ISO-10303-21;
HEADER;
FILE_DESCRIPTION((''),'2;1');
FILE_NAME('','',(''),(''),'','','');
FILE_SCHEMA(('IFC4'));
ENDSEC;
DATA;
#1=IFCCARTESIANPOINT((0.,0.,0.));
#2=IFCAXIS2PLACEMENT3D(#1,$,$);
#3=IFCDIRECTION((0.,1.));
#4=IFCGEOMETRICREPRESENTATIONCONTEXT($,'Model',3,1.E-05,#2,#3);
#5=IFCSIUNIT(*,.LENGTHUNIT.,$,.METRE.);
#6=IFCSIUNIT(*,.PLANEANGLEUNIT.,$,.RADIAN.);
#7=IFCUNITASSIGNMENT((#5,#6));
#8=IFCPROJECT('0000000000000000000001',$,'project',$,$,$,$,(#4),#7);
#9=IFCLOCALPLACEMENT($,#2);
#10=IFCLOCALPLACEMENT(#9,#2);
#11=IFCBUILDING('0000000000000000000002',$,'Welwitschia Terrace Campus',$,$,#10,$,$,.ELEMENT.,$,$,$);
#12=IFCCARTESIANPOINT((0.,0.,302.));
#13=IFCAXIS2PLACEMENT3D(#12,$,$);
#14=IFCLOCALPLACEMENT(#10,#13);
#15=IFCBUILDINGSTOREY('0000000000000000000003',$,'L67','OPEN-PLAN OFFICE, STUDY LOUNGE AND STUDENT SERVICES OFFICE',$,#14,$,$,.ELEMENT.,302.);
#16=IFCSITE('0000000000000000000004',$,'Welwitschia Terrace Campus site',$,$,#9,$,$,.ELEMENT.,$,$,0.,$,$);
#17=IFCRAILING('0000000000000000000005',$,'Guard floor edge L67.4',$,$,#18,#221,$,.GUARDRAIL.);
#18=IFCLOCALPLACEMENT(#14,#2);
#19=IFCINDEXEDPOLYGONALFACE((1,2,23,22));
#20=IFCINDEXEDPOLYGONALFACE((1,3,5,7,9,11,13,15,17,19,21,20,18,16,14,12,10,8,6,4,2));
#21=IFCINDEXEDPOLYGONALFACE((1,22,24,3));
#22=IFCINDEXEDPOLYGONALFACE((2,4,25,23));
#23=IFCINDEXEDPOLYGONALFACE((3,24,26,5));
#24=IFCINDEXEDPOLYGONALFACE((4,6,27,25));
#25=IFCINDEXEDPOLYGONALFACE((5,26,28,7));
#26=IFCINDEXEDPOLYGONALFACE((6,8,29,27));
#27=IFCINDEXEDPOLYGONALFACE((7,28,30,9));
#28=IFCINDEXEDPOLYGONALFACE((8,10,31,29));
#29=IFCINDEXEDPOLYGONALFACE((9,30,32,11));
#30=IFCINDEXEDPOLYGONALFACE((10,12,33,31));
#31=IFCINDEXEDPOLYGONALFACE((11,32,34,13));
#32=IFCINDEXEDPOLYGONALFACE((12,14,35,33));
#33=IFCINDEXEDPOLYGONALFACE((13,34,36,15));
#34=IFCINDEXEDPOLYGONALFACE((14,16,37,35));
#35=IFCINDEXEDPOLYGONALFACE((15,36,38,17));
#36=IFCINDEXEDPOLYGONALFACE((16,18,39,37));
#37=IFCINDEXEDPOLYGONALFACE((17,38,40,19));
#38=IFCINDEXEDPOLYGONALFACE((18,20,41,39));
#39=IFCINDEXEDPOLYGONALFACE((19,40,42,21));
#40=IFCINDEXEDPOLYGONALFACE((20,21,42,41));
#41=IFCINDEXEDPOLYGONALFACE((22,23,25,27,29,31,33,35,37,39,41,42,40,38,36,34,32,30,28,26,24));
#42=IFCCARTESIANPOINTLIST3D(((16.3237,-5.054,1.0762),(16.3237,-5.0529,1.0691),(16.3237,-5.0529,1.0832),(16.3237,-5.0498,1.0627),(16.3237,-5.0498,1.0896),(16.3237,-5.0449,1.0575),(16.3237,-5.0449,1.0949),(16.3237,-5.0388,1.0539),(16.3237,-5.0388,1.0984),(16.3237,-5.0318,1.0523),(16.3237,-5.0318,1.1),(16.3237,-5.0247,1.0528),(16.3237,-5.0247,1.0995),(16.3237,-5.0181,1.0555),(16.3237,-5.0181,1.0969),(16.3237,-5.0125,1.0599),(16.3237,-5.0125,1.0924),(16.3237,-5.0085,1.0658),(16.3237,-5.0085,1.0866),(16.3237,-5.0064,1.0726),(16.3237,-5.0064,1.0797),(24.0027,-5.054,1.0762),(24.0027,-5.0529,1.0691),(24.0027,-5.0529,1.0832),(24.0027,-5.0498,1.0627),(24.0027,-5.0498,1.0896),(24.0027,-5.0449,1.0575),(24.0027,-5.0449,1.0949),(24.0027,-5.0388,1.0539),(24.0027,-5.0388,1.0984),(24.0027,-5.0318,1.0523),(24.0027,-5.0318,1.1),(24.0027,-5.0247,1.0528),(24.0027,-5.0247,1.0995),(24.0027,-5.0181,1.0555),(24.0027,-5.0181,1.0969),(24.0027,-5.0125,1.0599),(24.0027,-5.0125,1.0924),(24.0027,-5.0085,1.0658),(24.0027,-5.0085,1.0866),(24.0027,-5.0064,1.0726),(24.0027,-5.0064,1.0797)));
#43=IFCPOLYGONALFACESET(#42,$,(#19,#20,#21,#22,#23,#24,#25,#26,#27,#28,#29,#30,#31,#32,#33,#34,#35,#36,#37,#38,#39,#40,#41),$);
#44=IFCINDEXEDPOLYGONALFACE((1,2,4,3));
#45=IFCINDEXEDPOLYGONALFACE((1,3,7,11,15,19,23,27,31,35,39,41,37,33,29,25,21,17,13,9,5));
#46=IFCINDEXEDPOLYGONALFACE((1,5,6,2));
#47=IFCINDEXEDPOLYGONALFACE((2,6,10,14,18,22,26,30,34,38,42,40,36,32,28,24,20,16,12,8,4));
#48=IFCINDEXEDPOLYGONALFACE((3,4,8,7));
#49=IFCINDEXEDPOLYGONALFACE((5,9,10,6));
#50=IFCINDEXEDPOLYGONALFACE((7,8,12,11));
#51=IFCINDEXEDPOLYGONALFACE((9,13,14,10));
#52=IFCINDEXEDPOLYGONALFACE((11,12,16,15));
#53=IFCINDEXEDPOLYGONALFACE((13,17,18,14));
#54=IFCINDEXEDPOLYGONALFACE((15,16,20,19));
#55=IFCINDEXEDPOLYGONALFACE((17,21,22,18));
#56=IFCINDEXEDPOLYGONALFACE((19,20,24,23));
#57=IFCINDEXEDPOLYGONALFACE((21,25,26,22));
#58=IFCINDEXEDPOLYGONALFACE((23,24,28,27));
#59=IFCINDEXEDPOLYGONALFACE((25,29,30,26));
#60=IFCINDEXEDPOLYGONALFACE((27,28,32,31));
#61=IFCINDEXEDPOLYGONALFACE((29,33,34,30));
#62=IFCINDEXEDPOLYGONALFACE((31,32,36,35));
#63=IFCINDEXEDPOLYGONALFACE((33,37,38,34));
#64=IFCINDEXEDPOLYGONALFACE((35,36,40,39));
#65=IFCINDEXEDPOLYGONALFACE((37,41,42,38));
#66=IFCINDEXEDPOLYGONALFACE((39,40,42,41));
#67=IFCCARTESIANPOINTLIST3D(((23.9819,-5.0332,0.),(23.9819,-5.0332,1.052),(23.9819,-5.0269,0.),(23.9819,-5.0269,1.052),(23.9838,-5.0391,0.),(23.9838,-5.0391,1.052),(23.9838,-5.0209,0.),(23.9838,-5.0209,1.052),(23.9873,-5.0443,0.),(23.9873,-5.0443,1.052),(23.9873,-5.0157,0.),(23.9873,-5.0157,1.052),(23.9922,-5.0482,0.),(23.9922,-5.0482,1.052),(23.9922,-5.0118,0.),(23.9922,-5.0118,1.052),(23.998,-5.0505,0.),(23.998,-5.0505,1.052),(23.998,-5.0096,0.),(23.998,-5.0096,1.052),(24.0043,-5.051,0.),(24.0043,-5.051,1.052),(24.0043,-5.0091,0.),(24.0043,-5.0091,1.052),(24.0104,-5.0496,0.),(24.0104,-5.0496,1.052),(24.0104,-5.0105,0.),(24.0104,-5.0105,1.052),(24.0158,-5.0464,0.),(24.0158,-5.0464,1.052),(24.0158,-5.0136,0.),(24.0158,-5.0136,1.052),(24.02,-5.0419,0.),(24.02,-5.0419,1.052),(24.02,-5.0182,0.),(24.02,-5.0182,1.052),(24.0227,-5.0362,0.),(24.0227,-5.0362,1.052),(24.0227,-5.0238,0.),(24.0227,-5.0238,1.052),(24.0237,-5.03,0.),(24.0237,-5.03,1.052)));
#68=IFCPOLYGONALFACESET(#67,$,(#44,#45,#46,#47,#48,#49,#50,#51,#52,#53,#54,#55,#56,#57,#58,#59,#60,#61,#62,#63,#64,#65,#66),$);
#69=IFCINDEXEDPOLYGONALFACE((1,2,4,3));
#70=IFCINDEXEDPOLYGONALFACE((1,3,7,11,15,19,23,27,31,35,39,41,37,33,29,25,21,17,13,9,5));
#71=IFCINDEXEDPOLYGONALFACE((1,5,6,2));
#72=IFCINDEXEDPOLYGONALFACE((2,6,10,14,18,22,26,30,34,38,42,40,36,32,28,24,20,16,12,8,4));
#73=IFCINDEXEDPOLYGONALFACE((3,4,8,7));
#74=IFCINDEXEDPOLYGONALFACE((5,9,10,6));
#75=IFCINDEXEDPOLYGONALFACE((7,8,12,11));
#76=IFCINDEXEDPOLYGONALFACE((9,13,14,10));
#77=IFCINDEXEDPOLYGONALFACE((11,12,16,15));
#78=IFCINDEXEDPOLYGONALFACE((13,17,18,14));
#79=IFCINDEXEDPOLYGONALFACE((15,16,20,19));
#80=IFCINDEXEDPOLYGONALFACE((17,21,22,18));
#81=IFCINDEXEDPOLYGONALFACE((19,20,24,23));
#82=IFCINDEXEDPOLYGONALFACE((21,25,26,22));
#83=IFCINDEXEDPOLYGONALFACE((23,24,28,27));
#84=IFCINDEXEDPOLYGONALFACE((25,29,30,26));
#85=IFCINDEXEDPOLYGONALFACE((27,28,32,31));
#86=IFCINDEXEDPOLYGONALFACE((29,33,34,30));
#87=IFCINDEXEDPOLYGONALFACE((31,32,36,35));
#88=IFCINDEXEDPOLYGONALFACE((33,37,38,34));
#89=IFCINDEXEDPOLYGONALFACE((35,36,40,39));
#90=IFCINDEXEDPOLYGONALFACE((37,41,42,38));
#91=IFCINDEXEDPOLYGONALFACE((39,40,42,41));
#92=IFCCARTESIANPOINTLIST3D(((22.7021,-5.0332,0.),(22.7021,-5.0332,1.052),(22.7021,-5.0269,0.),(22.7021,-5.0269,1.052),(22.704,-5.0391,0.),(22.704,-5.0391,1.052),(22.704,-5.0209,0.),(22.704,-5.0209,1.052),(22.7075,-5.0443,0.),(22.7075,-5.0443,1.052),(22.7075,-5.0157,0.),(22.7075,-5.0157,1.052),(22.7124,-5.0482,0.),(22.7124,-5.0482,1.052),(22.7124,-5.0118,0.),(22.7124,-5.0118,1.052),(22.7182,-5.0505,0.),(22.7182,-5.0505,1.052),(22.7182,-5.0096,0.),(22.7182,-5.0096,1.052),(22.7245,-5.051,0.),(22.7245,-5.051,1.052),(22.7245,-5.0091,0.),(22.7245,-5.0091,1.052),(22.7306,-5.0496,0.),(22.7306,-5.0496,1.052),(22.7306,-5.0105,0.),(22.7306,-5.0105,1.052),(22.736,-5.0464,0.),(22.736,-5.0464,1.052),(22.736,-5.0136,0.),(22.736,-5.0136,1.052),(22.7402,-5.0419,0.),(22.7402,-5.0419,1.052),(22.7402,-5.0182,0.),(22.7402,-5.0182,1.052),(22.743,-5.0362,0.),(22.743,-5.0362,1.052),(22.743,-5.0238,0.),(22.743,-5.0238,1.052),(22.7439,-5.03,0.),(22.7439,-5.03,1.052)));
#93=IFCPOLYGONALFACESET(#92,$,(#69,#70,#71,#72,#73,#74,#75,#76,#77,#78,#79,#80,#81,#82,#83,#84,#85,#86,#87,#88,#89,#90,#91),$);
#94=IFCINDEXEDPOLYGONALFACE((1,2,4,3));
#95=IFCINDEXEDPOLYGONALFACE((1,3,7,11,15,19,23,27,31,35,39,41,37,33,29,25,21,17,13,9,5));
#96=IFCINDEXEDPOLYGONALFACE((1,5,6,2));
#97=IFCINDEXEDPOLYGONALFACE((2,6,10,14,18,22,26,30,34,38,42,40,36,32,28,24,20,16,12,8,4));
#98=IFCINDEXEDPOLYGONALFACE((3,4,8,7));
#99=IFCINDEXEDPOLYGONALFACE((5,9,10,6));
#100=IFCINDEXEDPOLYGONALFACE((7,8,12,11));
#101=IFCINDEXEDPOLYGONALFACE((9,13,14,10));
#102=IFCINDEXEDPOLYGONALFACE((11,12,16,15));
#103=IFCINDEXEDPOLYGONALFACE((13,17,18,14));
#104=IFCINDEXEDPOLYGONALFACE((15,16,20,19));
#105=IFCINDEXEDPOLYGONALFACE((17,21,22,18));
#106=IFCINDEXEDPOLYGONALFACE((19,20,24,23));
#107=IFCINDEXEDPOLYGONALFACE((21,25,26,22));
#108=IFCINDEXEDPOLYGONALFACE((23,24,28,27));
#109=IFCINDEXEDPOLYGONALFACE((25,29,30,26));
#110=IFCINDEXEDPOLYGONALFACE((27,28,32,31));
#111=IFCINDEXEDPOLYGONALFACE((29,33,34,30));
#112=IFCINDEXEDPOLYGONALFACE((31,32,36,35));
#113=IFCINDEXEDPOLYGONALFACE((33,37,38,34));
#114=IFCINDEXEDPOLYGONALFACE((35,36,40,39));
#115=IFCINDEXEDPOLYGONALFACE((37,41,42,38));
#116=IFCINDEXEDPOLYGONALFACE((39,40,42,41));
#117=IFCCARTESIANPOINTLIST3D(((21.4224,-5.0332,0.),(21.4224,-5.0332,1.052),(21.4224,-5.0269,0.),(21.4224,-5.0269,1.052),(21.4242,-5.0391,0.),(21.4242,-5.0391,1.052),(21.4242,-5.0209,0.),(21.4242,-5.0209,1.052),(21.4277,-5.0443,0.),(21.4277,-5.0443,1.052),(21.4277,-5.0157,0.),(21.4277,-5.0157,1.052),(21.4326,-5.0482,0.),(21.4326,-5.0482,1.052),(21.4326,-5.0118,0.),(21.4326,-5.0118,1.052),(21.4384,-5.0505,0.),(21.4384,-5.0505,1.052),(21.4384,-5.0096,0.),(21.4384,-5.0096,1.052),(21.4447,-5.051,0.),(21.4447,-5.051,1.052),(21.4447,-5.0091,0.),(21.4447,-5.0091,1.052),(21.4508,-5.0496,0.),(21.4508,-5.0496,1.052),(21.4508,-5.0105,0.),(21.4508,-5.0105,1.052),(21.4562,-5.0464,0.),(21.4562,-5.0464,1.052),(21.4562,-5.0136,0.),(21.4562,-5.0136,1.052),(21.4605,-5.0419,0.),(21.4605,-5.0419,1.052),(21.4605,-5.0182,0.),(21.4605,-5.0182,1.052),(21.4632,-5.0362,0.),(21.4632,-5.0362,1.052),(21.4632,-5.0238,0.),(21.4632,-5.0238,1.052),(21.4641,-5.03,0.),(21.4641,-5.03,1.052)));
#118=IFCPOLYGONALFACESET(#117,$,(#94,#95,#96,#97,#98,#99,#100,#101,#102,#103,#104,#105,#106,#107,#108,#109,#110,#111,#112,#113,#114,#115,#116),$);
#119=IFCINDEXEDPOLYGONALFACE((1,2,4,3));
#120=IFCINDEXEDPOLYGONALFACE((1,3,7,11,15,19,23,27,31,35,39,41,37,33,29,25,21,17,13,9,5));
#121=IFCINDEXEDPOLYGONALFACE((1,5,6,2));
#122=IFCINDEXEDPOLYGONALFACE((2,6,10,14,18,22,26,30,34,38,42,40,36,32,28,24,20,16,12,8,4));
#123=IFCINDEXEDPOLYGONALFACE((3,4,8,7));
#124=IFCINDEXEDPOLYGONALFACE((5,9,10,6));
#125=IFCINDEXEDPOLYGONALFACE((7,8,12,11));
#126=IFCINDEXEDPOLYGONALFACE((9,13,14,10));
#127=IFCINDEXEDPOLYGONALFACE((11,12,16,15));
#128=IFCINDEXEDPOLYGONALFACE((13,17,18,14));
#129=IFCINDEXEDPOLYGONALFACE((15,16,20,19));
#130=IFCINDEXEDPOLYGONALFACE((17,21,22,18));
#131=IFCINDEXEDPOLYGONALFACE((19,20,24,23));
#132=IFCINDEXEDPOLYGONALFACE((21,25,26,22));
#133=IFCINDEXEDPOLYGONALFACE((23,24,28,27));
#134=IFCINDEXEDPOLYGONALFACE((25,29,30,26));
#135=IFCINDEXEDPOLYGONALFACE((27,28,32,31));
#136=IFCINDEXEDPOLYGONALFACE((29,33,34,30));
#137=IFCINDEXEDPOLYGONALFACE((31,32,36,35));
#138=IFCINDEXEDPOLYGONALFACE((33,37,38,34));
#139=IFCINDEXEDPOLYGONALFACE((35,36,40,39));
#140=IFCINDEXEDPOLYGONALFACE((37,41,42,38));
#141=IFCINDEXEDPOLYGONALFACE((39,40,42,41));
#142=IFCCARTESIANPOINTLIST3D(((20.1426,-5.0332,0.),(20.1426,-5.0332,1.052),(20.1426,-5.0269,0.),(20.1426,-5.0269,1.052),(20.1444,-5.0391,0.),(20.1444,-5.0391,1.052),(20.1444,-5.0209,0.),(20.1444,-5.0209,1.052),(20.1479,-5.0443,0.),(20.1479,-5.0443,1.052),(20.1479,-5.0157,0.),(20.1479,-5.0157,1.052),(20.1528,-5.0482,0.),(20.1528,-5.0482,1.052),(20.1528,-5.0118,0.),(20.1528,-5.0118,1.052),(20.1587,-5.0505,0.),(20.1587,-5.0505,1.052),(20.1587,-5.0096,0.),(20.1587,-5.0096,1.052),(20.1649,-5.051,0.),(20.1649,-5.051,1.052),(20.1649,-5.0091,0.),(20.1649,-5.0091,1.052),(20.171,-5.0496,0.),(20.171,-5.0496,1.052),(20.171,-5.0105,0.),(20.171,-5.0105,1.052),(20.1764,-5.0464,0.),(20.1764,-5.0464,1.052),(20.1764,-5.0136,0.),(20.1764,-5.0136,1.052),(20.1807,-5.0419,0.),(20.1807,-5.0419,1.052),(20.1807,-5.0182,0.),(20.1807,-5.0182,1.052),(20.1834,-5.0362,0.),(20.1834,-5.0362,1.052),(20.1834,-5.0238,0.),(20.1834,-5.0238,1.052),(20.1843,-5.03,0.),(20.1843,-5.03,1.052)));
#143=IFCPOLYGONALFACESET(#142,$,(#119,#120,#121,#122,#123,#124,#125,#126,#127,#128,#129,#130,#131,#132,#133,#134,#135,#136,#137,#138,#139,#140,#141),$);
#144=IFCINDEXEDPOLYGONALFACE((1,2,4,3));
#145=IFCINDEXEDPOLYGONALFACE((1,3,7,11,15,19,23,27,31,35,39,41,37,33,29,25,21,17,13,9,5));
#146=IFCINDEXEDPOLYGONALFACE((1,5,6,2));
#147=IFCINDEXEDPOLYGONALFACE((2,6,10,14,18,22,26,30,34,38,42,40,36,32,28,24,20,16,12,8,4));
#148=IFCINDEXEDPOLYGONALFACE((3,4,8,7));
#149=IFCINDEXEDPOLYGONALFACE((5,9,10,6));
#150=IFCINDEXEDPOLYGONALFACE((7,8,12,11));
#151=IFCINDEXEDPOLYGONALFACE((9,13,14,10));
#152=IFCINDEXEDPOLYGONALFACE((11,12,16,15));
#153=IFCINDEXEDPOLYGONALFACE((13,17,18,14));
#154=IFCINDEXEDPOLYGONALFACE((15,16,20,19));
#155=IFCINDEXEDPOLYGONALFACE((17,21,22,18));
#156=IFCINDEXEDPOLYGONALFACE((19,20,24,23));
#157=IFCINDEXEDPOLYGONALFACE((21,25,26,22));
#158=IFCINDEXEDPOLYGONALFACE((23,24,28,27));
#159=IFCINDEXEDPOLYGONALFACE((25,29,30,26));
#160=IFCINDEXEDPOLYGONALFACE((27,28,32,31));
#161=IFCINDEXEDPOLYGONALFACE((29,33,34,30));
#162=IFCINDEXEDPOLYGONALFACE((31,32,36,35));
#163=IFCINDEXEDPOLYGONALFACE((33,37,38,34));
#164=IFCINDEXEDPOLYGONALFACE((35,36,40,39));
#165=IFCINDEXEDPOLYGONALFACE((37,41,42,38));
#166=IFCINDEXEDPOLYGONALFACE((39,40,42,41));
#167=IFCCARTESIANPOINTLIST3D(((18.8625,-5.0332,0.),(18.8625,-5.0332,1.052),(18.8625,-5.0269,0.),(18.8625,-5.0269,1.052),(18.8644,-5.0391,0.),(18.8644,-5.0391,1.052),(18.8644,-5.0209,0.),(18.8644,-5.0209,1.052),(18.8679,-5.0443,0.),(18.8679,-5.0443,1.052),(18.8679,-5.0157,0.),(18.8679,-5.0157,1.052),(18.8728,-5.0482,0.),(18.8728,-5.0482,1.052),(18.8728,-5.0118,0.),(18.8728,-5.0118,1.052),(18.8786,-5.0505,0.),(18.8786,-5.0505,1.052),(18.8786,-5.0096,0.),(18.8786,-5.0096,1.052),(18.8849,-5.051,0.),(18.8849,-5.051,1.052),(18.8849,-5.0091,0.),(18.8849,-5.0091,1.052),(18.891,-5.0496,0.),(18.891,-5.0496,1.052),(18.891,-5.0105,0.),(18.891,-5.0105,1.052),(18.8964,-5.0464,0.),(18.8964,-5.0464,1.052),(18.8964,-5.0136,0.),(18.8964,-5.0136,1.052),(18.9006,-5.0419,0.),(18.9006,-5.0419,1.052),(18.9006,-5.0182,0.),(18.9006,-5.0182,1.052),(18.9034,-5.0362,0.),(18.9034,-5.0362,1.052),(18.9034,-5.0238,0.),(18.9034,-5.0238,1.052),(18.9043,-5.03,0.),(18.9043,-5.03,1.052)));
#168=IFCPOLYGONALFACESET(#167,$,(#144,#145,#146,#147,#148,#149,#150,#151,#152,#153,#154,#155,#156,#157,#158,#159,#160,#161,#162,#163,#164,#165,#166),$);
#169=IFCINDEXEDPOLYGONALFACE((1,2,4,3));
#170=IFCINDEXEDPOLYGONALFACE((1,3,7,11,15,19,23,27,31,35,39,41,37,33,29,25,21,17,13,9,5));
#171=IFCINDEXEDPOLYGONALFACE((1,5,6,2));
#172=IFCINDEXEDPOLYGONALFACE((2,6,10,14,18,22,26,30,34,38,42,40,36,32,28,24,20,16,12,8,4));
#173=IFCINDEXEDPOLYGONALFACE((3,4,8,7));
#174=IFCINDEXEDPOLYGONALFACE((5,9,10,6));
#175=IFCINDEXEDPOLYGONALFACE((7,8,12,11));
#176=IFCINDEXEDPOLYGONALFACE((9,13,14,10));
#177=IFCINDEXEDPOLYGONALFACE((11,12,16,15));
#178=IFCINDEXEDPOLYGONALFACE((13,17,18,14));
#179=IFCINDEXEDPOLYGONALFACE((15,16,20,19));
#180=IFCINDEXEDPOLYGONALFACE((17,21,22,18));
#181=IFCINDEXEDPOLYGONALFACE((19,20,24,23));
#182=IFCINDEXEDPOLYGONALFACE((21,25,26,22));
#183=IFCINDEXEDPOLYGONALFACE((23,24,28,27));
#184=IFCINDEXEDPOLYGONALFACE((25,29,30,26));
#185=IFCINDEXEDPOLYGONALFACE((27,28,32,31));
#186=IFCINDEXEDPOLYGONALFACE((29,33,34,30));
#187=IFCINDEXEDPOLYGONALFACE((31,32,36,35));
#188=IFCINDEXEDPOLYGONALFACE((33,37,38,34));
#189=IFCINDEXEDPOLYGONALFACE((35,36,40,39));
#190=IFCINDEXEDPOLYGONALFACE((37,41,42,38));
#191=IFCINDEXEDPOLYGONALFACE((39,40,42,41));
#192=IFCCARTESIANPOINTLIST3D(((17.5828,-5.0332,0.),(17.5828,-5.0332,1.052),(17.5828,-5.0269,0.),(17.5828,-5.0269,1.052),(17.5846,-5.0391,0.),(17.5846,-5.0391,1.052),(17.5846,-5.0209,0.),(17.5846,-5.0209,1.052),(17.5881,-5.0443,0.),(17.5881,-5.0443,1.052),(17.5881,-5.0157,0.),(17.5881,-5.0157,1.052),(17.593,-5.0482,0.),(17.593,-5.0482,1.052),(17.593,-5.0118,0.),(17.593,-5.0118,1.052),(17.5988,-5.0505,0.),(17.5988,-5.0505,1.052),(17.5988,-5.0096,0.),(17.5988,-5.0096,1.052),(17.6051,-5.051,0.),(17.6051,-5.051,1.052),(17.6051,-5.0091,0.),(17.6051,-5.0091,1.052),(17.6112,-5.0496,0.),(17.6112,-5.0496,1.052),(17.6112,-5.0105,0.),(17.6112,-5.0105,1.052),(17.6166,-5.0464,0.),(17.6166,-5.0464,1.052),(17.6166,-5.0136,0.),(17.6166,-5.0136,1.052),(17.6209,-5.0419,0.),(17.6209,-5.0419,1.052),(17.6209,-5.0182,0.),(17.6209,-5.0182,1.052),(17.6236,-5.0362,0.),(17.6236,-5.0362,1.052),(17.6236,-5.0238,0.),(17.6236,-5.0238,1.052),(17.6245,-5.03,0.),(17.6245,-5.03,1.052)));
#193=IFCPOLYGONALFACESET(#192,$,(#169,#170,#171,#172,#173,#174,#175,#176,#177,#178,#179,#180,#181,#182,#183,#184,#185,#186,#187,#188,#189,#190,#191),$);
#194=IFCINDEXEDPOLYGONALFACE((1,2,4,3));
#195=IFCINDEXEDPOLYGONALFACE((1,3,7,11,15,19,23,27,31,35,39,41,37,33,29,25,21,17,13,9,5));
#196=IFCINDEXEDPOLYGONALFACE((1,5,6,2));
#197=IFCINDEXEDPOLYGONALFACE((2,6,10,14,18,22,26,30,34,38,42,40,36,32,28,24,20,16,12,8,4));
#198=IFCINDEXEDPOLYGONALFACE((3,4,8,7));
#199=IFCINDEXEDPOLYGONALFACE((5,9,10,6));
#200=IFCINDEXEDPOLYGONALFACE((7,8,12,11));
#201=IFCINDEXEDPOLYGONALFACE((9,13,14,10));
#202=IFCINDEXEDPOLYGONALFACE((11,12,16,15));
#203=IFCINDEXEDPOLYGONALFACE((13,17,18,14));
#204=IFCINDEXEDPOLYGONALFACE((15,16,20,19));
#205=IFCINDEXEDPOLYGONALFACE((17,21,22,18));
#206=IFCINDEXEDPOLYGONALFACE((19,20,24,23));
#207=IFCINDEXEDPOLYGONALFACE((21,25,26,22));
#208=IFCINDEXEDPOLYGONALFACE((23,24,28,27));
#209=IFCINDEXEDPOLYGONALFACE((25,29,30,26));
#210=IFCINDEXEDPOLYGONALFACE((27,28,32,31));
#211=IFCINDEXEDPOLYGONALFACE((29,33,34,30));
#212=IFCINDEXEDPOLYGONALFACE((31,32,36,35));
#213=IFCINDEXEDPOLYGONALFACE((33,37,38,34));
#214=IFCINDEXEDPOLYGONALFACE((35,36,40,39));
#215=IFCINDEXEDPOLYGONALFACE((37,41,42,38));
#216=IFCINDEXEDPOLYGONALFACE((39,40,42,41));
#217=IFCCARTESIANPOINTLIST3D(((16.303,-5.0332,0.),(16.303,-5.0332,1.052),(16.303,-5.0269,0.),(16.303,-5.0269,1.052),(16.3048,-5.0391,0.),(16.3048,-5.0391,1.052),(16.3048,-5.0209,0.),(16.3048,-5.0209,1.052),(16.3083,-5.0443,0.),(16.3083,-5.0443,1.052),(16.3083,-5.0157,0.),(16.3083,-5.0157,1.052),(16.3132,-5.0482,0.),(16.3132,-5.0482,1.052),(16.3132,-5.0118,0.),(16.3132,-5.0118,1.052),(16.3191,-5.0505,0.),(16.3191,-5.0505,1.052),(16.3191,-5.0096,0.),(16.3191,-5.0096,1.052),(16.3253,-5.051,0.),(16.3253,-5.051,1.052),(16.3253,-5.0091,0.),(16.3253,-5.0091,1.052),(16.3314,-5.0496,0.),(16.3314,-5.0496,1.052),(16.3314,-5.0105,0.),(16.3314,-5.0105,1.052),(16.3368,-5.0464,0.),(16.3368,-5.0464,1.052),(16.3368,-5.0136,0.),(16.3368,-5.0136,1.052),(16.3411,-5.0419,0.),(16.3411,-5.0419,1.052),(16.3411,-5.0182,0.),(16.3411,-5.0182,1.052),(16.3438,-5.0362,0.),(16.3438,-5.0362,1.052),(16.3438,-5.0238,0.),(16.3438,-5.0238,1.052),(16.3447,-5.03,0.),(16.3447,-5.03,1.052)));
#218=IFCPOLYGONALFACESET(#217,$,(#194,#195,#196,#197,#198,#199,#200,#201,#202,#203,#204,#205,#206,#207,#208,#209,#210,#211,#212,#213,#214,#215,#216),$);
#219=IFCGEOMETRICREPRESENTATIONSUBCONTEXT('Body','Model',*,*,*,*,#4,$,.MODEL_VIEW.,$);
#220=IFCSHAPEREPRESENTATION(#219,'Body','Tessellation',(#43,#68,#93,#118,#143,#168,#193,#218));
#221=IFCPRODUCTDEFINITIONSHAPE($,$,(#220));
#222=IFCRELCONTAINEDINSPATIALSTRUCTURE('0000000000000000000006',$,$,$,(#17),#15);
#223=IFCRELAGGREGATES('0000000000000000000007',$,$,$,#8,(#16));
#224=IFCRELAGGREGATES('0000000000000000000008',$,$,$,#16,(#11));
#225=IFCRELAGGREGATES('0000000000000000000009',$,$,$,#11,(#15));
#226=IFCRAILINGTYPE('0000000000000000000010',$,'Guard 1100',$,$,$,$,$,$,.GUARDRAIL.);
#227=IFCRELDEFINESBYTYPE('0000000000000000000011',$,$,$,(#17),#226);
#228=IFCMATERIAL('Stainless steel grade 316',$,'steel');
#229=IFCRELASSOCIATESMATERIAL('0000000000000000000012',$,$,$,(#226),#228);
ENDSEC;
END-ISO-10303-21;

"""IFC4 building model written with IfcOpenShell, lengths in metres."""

from ifc_helpers import new_model, si_unit, direction, frame, origin, origin_2d, place, context, subcontext, project, spatial, circle, extrude, material, type_object, element, save


model = new_model("IFC4")

# Units and contexts
model_context = context("Model", 3, precision=1e-05, world=origin(), true_north=direction((0.0, 1.0)))
body_context = subcontext(model_context, "Body", "Model", "MODEL_VIEW")
ifc_project = project(units=[si_unit("LENGTHUNIT", "METRE"), si_unit("PLANEANGLEUNIT", "RADIAN")], contexts=[model_context])

# Site, building, storey
site_placement = place(None, origin())
site = spatial("IfcSite", under=ifc_project, at=site_placement, Name="Welwitschia Terrace Campus site", CompositionType="ELEMENT", RefElevation=0.0)
building_placement = place(site_placement, origin())
building = spatial("IfcBuilding", under=site, at=building_placement, Name="Welwitschia Terrace Campus", CompositionType="ELEMENT")
storey_placement = place(building_placement, frame((0.0, 0.0, 302.0)))
storey = spatial("IfcBuildingStorey", under=building, at=storey_placement, Name="L67", Description="OPEN-PLAN OFFICE, STUDY LOUNGE AND STUDENT SERVICES OFFICE", CompositionType="ELEMENT", Elevation=302.0)

# Railing
ifc_material_1 = material(Name="Stainless steel grade 316", Category="steel")
railing_type = type_object("IfcRailingType", Name="Guard 1100", PredefinedType="GUARDRAIL", material=ifc_material_1)
railing_1_placement = place(storey_placement, frame((24.0027, -5.03, 0.0)))
element("IfcRailing", 1, at=railing_1_placement, inside=storey, type_object=railing_type, Name="Guard floor edge L67.4", PredefinedType="GUARDRAIL", context=body_context, shape_type="SweptSolid", body=[
    extrude(circle(Radius=0.0239, at=origin_2d()), frame((0.0, 0.0, 1.0762), z_axis=(-1.0, 0.0, 0.0), x_axis=(0.0, -1.0, 0.0)), (0.0, 0.0, 1.0), 7.679),
    extrude(circle(Radius=0.021, at=origin_2d()), origin(), (0.0, 0.0, 1.0), 1.052),
    extrude(circle(Radius=0.021, at=origin_2d()), frame((-1.2798, 0.0, 0.0)), (0.0, 0.0, 1.0), 1.052),
    extrude(circle(Radius=0.021, at=origin_2d()), frame((-2.5596, 0.0, 0.0)), (0.0, 0.0, 1.0), 1.052),
    extrude(circle(Radius=0.021, at=origin_2d()), frame((-3.8394, 0.0, 0.0)), (0.0, 0.0, 1.0), 1.052),
    extrude(circle(Radius=0.021, at=origin_2d()), frame((-5.1194, 0.0, 0.0)), (0.0, 0.0, 1.0), 1.052),
    extrude(circle(Radius=0.021, at=origin_2d()), frame((-6.3992, 0.0, 0.0)), (0.0, 0.0, 1.0), 1.052),
    extrude(circle(Radius=0.021, at=origin_2d()), frame((-7.679, 0.0, 0.0)), (0.0, 0.0, 1.0), 1.052),
])

save(model, "model.ifc")
